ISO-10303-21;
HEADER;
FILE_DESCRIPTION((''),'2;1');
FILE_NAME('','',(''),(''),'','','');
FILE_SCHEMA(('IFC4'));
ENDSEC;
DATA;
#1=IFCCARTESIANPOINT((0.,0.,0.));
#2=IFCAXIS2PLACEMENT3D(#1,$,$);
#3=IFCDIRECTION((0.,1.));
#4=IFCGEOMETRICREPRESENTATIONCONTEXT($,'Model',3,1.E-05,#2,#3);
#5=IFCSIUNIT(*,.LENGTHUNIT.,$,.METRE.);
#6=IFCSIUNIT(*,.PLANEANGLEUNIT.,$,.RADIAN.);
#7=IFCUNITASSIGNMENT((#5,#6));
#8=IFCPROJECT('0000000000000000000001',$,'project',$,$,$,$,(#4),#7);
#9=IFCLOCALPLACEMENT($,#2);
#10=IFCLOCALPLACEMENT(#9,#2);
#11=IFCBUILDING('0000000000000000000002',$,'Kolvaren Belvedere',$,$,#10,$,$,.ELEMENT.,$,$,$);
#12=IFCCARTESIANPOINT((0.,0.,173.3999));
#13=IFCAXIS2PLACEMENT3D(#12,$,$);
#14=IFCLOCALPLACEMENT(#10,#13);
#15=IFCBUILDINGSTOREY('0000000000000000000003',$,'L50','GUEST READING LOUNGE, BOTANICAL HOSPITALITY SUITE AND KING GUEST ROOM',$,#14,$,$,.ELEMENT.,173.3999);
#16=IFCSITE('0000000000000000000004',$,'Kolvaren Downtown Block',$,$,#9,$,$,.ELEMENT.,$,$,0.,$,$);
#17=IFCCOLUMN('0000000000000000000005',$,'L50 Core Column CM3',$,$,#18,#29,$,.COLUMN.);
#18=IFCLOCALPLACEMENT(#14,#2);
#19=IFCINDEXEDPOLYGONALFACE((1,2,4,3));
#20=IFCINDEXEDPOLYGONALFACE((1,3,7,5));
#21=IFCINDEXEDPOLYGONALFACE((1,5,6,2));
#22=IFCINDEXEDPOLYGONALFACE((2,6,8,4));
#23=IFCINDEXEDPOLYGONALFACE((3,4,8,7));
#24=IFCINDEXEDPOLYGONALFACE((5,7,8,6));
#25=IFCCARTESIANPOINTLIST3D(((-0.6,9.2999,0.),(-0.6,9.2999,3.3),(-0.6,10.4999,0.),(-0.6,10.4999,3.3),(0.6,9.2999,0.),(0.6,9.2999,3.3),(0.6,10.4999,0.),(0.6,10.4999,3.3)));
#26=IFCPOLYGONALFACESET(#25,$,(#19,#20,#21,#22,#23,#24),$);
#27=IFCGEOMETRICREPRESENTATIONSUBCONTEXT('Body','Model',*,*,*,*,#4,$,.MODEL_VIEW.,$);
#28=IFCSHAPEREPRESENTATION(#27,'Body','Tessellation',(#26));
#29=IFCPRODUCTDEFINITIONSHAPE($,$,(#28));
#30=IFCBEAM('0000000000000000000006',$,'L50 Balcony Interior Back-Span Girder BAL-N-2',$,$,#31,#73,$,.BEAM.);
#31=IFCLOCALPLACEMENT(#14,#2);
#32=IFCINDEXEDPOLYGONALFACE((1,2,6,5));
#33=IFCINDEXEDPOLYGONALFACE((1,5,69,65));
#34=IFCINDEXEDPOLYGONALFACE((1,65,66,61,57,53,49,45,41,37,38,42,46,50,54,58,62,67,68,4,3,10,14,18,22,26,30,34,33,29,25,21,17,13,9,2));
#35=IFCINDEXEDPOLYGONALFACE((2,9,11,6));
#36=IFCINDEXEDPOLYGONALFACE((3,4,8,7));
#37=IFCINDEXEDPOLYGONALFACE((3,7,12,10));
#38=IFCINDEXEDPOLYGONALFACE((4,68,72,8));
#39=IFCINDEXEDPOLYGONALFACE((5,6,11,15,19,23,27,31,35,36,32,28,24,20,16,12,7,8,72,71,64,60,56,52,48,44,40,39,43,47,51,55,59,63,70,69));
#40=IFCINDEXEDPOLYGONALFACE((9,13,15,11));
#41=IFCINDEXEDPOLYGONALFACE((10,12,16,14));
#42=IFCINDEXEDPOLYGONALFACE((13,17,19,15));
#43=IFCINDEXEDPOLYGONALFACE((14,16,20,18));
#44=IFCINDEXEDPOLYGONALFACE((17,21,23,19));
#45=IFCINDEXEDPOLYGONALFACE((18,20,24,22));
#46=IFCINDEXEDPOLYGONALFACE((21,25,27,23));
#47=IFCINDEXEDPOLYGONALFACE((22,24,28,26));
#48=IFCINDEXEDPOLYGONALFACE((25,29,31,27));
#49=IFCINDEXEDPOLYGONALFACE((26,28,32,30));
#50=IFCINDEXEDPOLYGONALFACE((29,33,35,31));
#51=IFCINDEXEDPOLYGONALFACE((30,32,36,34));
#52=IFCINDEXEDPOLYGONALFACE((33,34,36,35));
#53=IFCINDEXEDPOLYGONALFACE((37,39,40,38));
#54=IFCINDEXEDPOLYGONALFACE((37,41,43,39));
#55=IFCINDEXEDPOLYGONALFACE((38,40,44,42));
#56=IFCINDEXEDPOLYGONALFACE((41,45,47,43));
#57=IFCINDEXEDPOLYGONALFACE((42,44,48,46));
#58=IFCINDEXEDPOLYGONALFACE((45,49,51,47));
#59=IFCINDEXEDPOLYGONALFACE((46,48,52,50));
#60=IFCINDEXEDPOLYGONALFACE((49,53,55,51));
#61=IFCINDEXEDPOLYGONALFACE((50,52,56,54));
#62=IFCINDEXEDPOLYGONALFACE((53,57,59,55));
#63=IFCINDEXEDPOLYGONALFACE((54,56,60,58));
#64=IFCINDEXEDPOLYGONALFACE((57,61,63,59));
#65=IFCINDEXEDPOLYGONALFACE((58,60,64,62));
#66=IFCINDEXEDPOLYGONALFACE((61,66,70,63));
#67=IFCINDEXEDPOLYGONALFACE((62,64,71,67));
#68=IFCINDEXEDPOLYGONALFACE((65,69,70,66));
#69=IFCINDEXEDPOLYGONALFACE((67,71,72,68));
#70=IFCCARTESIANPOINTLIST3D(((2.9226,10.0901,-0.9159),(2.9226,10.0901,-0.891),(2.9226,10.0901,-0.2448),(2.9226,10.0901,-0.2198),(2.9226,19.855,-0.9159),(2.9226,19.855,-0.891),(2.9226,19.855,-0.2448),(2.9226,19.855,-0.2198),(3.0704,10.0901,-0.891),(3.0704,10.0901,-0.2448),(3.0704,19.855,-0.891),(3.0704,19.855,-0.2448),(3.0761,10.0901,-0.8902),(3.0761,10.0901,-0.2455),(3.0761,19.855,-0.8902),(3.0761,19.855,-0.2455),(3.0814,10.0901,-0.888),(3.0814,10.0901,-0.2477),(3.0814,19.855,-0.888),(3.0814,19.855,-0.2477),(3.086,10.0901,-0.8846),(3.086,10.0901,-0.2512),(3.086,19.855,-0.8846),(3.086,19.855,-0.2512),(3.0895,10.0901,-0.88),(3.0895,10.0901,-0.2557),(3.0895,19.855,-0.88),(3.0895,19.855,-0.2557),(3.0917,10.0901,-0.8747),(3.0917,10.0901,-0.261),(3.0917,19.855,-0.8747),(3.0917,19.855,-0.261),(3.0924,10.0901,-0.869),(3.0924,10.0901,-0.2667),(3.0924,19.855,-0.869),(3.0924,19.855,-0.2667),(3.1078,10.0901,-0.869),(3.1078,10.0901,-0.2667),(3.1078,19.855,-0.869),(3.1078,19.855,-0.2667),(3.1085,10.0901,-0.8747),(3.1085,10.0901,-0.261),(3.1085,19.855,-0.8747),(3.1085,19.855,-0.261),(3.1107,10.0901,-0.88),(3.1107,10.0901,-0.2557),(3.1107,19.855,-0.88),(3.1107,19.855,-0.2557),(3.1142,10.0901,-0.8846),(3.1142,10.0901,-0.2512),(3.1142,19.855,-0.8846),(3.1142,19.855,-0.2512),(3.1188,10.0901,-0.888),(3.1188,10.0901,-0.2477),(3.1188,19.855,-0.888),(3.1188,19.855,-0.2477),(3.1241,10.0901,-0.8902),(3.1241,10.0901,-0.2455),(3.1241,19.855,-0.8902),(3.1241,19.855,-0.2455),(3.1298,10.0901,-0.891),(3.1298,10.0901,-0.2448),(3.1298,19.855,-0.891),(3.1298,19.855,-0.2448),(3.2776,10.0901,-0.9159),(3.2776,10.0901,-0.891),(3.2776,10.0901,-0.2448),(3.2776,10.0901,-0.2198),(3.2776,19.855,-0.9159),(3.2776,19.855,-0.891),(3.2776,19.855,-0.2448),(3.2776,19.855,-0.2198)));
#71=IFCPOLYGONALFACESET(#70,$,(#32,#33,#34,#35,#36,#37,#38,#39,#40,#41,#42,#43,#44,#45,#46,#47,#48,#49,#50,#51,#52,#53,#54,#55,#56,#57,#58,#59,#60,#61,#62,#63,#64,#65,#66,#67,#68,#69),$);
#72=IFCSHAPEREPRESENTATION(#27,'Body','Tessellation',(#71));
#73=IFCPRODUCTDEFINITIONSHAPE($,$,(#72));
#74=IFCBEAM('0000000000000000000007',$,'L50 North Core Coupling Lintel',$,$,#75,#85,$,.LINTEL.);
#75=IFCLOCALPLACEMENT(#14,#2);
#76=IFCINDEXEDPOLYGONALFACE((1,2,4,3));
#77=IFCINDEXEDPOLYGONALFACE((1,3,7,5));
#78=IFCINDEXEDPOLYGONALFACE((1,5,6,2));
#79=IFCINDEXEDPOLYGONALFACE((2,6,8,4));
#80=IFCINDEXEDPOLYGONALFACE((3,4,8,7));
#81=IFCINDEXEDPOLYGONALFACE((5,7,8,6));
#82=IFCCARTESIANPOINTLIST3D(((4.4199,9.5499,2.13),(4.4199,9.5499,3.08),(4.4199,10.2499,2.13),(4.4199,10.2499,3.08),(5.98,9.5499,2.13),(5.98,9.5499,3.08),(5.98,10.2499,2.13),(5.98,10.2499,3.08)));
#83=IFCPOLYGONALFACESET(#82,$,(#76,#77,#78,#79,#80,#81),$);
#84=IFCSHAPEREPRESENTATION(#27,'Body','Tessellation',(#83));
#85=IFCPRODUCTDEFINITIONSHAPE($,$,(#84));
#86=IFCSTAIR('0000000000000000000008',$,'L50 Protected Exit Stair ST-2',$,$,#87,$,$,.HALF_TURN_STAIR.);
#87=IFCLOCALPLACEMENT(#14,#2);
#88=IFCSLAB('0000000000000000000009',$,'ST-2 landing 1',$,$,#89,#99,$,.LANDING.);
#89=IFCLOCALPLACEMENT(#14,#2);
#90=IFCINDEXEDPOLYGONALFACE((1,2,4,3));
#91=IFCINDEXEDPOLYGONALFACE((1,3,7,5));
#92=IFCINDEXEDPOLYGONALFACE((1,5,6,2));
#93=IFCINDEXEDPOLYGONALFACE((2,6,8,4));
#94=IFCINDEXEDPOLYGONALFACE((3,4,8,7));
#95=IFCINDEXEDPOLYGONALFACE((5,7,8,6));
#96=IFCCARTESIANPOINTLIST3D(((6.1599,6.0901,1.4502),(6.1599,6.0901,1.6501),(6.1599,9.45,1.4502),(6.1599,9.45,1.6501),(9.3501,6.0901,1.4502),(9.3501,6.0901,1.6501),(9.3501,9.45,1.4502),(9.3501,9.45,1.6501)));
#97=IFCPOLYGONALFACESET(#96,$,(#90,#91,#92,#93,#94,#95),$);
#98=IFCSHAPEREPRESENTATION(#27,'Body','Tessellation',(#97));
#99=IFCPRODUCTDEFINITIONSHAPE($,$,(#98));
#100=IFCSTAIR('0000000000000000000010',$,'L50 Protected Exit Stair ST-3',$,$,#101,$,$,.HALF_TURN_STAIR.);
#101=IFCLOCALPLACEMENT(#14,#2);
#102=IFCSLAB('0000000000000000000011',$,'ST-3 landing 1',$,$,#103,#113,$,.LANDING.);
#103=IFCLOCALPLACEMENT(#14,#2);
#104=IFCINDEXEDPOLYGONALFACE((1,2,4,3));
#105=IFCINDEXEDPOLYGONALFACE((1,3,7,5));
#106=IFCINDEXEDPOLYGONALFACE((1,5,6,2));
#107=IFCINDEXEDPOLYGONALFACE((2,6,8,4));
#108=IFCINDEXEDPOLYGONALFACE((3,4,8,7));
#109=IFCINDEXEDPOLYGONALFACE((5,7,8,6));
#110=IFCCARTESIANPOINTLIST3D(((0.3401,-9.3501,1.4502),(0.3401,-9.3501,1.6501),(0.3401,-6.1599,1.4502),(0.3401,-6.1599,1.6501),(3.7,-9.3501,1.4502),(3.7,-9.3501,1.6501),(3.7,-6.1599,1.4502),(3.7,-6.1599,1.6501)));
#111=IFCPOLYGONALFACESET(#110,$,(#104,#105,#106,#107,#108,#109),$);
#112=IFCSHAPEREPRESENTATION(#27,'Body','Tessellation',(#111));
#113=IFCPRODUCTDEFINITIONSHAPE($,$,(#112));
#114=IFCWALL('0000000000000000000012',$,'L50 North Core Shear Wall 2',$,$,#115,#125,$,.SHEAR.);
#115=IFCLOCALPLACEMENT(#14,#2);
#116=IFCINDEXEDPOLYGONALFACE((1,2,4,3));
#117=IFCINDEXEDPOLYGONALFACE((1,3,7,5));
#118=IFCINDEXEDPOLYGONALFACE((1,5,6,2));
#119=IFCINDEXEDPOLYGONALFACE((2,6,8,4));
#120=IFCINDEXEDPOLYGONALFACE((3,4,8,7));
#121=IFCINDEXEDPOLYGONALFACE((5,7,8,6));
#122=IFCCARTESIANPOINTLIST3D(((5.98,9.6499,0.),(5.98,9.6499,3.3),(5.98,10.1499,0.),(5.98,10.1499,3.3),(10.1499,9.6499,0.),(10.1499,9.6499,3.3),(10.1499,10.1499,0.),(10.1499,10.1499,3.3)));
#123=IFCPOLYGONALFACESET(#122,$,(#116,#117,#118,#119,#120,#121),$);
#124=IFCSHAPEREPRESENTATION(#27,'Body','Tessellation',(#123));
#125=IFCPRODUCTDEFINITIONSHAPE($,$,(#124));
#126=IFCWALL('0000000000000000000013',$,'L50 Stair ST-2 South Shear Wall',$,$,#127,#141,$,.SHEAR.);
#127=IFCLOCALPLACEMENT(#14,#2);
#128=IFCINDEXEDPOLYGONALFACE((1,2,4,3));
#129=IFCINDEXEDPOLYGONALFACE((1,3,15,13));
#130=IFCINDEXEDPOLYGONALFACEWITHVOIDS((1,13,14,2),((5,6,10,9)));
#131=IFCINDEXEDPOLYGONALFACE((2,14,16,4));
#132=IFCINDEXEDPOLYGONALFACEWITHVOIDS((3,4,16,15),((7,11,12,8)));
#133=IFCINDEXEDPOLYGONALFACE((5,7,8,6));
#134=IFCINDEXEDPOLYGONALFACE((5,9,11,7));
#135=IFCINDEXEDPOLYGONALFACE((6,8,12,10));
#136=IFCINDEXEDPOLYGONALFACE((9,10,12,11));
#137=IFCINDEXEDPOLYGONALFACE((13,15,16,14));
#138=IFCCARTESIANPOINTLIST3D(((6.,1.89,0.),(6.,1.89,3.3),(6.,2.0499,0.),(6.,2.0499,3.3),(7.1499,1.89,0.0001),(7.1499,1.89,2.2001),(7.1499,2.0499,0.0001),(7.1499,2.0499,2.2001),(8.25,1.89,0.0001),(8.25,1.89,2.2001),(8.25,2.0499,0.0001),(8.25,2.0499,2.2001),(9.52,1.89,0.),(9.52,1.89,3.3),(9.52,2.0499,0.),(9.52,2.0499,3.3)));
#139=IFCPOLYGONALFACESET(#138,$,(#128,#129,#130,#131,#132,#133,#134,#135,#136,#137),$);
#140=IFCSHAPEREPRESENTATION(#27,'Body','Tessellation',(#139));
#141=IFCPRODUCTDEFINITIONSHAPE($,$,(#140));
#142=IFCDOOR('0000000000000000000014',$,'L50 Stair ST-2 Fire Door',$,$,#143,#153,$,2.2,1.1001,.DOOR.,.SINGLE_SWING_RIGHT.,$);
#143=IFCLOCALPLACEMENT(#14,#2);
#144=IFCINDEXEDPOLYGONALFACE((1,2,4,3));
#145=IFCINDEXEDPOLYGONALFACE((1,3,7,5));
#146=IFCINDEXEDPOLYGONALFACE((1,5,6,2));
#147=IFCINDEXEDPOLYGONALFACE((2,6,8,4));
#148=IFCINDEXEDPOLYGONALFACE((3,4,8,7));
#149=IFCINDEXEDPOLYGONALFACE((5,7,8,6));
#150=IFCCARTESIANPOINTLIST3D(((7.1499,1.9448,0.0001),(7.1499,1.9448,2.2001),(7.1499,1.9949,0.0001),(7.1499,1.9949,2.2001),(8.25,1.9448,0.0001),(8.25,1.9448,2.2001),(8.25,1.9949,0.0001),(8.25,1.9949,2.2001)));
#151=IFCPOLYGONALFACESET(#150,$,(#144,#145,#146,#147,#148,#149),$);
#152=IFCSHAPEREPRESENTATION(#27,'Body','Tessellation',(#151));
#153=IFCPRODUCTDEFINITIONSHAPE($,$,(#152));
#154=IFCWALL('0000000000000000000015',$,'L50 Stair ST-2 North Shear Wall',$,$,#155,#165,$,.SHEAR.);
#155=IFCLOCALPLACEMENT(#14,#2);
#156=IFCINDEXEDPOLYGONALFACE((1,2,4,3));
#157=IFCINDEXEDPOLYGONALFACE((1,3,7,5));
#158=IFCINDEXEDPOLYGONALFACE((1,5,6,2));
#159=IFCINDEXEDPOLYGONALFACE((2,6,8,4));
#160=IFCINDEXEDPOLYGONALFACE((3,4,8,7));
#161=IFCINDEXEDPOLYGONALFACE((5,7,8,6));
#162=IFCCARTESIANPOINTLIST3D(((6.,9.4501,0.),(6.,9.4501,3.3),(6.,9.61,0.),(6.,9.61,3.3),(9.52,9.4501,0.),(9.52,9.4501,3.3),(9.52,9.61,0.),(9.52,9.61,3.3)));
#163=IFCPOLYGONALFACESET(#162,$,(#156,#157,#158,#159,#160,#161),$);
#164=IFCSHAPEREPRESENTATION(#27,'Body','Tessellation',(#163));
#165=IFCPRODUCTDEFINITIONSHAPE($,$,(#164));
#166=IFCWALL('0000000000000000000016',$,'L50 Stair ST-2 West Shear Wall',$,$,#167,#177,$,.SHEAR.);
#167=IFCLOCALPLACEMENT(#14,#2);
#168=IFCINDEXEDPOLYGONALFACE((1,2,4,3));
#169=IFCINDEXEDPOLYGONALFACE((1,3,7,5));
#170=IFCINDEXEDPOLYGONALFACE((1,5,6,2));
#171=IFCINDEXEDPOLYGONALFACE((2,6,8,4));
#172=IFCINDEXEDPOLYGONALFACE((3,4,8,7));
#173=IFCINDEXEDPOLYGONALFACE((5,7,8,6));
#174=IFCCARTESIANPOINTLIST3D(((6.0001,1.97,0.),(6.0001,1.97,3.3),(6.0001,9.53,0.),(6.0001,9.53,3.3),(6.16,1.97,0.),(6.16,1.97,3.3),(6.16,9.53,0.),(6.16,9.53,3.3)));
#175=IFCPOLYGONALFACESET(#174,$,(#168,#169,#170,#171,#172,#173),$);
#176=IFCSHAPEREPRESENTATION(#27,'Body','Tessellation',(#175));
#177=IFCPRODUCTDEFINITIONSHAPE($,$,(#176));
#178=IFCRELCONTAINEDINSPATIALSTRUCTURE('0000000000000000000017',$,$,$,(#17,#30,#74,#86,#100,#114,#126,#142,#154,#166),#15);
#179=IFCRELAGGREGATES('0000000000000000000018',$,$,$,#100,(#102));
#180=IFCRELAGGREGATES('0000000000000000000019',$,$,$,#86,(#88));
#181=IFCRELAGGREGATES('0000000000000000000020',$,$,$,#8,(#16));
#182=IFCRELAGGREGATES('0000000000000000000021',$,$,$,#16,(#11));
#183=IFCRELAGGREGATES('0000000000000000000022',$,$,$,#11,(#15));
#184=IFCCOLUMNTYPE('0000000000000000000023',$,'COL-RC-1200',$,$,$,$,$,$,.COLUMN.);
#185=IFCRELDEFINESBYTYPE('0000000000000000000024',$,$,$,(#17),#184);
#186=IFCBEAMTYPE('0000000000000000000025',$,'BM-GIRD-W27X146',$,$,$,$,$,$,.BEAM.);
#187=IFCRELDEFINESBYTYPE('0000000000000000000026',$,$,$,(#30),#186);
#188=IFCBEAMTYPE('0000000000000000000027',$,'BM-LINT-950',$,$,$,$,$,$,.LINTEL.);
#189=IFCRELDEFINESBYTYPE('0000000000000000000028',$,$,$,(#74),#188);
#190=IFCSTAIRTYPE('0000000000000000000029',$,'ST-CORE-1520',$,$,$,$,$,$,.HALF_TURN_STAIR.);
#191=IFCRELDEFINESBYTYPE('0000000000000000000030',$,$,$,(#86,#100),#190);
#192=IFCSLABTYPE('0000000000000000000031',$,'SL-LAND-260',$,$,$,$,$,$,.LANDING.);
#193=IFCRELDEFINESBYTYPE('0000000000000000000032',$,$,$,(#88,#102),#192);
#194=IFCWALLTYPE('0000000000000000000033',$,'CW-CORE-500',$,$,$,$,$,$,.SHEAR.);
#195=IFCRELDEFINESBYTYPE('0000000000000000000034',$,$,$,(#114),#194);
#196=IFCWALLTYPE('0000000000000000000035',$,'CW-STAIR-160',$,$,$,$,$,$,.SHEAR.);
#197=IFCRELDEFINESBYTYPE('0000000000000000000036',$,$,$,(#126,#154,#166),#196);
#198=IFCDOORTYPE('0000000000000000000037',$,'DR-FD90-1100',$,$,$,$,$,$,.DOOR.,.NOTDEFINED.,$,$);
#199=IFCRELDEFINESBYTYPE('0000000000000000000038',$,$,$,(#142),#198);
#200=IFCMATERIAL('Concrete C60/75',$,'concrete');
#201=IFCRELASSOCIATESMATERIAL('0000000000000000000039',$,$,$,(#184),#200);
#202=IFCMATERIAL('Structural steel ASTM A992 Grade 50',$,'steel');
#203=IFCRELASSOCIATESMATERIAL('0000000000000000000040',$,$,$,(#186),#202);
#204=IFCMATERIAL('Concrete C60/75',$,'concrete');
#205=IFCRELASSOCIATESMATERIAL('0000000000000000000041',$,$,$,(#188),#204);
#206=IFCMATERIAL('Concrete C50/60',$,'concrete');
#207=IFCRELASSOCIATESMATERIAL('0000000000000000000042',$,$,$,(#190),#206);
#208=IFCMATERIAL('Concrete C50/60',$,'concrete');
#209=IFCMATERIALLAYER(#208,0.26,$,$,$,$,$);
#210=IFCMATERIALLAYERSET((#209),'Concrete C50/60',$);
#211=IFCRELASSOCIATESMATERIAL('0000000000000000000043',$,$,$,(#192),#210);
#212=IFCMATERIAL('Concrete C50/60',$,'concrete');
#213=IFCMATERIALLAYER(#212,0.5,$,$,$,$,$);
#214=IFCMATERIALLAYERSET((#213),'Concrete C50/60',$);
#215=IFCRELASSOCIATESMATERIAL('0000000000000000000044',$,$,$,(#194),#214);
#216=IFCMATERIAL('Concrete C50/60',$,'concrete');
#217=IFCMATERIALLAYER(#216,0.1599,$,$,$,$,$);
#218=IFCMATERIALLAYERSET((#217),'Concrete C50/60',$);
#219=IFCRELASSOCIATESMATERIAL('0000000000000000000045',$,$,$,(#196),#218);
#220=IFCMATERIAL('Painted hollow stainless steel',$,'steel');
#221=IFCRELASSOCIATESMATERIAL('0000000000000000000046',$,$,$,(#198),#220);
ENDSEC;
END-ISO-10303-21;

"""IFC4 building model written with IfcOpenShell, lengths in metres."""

from ifc_helpers import new_model, si_unit, direction, frame, frame_2d, origin, origin_2d, place, context, subcontext, project, spatial, polyline, rectangle, i_section, outline, extrude, material, layer, layer_set, material_profile, profile_set, type_object, element, fill, aggregate, save


model = new_model("IFC4")

# Units and contexts
model_context = context("Model", 3, precision=1e-05, world=origin(), true_north=direction((0.0, 1.0)))
body_context = subcontext(model_context, "Body", "Model", "MODEL_VIEW")
ifc_project = project(units=[si_unit("LENGTHUNIT", "METRE"), si_unit("PLANEANGLEUNIT", "RADIAN")], contexts=[model_context])

# Site, building, storey
site_placement = place(None, origin())
site = spatial("IfcSite", under=ifc_project, at=site_placement, Name="Kolvaren Downtown Block", CompositionType="ELEMENT", RefElevation=0.0)
building_placement = place(site_placement, origin())
building = spatial("IfcBuilding", under=site, at=building_placement, Name="Kolvaren Belvedere", CompositionType="ELEMENT")
storey_placement = place(building_placement, frame((0.0, 0.0, 173.3999)))
storey = spatial("IfcBuildingStorey", under=building, at=storey_placement, Name="L50", Description="GUEST READING LOUNGE, BOTANICAL HOSPITALITY SUITE AND KING GUEST ROOM", CompositionType="ELEMENT", Elevation=173.3999)

# Column
ifc_material_1 = material(Name="Concrete C60/75", Category="concrete")
ifc_material_profile_1 = material_profile(ifc_material_1, rectangle(XDim=1.2, YDim=1.2, at=origin_2d()), Name="RC 1200X1200")
ifc_profile_set_1 = profile_set([ifc_material_profile_1], Name="Concrete C60/75")
column_type = type_object("IfcColumnType", Name="COL-RC-1200", PredefinedType="COLUMN", material=ifc_profile_set_1)
column_placement = place(storey_placement, frame((0.0, 9.8999, 0.0), z_axis=(0.0, 0.0, 1.0), x_axis=(1.0, 0.0, 0.0)))
element("IfcColumn", 1, at=column_placement, inside=storey, type_object=column_type, Name="L50 Core Column CM3", PredefinedType="COLUMN", context=body_context, shape_type="SweptSolid", body=[
    extrude(rectangle(XDim=1.2, YDim=1.2, at=origin_2d()), origin(), (0.0, 0.0, 1.0), 3.3),
])

# Beams
ifc_material_2 = material(Name="Structural steel ASTM A992 Grade 50", Category="steel")
ifc_material_profile_2 = material_profile(ifc_material_2, i_section(OverallWidth=0.355, OverallDepth=0.696, WebThickness=0.0154, FlangeThickness=0.0249, FilletRadius=0.022, at=origin_2d()), Name="W27X146")
ifc_profile_set_2 = profile_set([ifc_material_profile_2], Name="Structural steel ASTM A992 Grade 50")
beam_type_1 = type_object("IfcBeamType", Name="BM-GIRD-W27X146", PredefinedType="BEAM", material=ifc_profile_set_2)
beam_1_placement = place(storey_placement, frame((3.1001, 10.0901, -0.5679), z_axis=(0.0, 1.0, 0.0), x_axis=(-1.0, 0.0, 0.0)))
element("IfcBeam", 2, at=beam_1_placement, inside=storey, type_object=beam_type_1, Name="L50 Balcony Interior Back-Span Girder BAL-N-2", PredefinedType="BEAM", context=body_context, shape_type="SweptSolid", body=[
    extrude(i_section(OverallWidth=0.355, OverallDepth=0.696, WebThickness=0.0154, FlangeThickness=0.0249, FilletRadius=0.022, at=origin_2d()), origin(), (0.0, 0.0, 1.0), 9.7649),
])
ifc_material_3 = material(Name="Concrete C60/75", Category="concrete")
ifc_material_profile_3 = material_profile(ifc_material_3, rectangle(XDim=0.7, YDim=0.95, at=origin_2d()), Name="RC 700X950")
ifc_profile_set_3 = profile_set([ifc_material_profile_3], Name="Concrete C60/75")
beam_type_2 = type_object("IfcBeamType", Name="BM-LINT-950", PredefinedType="LINTEL", material=ifc_profile_set_3)
beam_2_placement = place(storey_placement, frame((4.4199, 9.8999, 2.605), z_axis=(1.0, 0.0, 0.0), x_axis=(0.0, 1.0, 0.0)))
element("IfcBeam", 3, at=beam_2_placement, inside=storey, type_object=beam_type_2, Name="L50 North Core Coupling Lintel", PredefinedType="LINTEL", context=body_context, shape_type="SweptSolid", body=[
    extrude(rectangle(XDim=0.7, YDim=0.95, at=origin_2d()), origin(), (0.0, 0.0, 1.0), 1.5601),
])

# Stairs, slabs
ifc_material_4 = material(Name="Concrete C50/60", Category="concrete")
stair_type = type_object("IfcStairType", Name="ST-CORE-1520", PredefinedType="HALF_TURN_STAIR", material=ifc_material_4)
stair_1_placement = place(storey_placement, origin())
stair_1 = element("IfcStair", 4, at=stair_1_placement, inside=storey, type_object=stair_type, Name="L50 Protected Exit Stair ST-2", PredefinedType="HALF_TURN_STAIR")
ifc_material_5 = material(Name="Concrete C50/60", Category="concrete")
ifc_layer_1 = layer(ifc_material_5, 0.26)
ifc_layer_set_1 = layer_set([ifc_layer_1], Name="Concrete C50/60")
slab_type = type_object("IfcSlabType", Name="SL-LAND-260", PredefinedType="LANDING", material=ifc_layer_set_1)
slab_1_placement = place(storey_placement, frame((0.0, 0.0, 1.4502)))
slab_1 = element("IfcSlab", 5, at=slab_1_placement, type_object=slab_type, Name="ST-2 landing 1", PredefinedType="LANDING", context=body_context, shape_type="SweptSolid", body=[
    extrude(outline(polyline([(9.3501, 6.0901), (9.3501, 9.45), (6.1599, 9.45), (6.1599, 6.0901), (9.3501, 6.0901)])), origin(), (0.0, 0.0, 1.0), 0.2),
])
stair_2_placement = place(storey_placement, origin())
stair_2 = element("IfcStair", 6, at=stair_2_placement, inside=storey, type_object=stair_type, Name="L50 Protected Exit Stair ST-3", PredefinedType="HALF_TURN_STAIR")
slab_2_placement = place(storey_placement, frame((0.0, 0.0, 1.4502)))
slab_2 = element("IfcSlab", 7, at=slab_2_placement, type_object=slab_type, Name="ST-3 landing 1", PredefinedType="LANDING", context=body_context, shape_type="SweptSolid", body=[
    extrude(outline(polyline([(0.3401, -9.3501), (3.7, -9.3501), (3.7, -6.1599), (0.3401, -6.1599), (0.3401, -9.3501)])), origin(), (0.0, 0.0, 1.0), 0.2),
])
aggregate(stair_2, [slab_2])

# Wall
ifc_material_6 = material(Name="Concrete C50/60", Category="concrete")
ifc_layer_2 = layer(ifc_material_6, 0.5)
ifc_layer_set_2 = layer_set([ifc_layer_2], Name="Concrete C50/60")
wall_type_1 = type_object("IfcWallType", Name="CW-CORE-500", PredefinedType="SHEAR", material=ifc_layer_set_2)
wall_1_placement = place(storey_placement, frame((5.98, 9.8999, 0.0), z_axis=(0.0, 0.0, 1.0), x_axis=(1.0, 0.0, 0.0)))
element("IfcWall", 8, at=wall_1_placement, inside=storey, type_object=wall_type_1, Name="L50 North Core Shear Wall 2", PredefinedType="SHEAR", context=body_context, shape_type="SweptSolid", body=[
    extrude(rectangle(XDim=4.1699, YDim=0.5, at=frame_2d((2.085, 0.0))), origin(), (0.0, 0.0, 1.0), 3.3),
])

# Wall, opening, door
ifc_material_7 = material(Name="Concrete C50/60", Category="concrete")
ifc_layer_3 = layer(ifc_material_7, 0.1599)
ifc_layer_set_3 = layer_set([ifc_layer_3], Name="Concrete C50/60")
wall_type_2 = type_object("IfcWallType", Name="CW-STAIR-160", PredefinedType="SHEAR", material=ifc_layer_set_3)
wall_2_placement = place(storey_placement, frame((6.0, 1.97, 0.0), z_axis=(0.0, 0.0, 1.0), x_axis=(1.0, 0.0, 0.0)))
wall_2 = element("IfcWall", 9, at=wall_2_placement, inside=storey, type_object=wall_type_2, Name="L50 Stair ST-2 South Shear Wall", PredefinedType="SHEAR", context=body_context, shape_type="SweptSolid", body=[
    extrude(rectangle(XDim=3.52, YDim=0.1599, at=frame_2d((1.76, 0.0))), origin(), (0.0, 0.0, 1.0), 3.3),
])
opening_1_placement = place(wall_2_placement, frame((1.1499, 0.0, 0.0)))
opening_1 = element("IfcOpeningElement", 10, at=opening_1_placement, cuts=wall_2, PredefinedType="OPENING", context=body_context, shape_type="SweptSolid", body=[
    extrude(rectangle(XDim=1.1001, YDim=2.2, at=frame_2d((0.55, 1.1001))), frame((0.0, 0.0898, 0.0), z_axis=(0.0, -1.0, 0.0), x_axis=(1.0, 0.0, 0.0)), (0.0, 0.0, 1.0), 0.1799),
])
ifc_material_8 = material(Name="Painted hollow stainless steel", Category="steel")
door_type_1 = type_object("IfcDoorType", Name="DR-FD90-1100", OperationType="NOTDEFINED", PredefinedType="DOOR", material=ifc_material_8)
door_1_placement = place(opening_1_placement, origin())
door_1 = element("IfcDoor", 11, at=door_1_placement, inside=storey, type_object=door_type_1, Name="L50 Stair ST-2 Fire Door", OperationType="SINGLE_SWING_RIGHT", OverallHeight=2.2, OverallWidth=1.1001, PredefinedType="DOOR", context=body_context, shape_type="SweptSolid", body=[
    extrude(rectangle(XDim=1.1001, YDim=2.2, at=frame_2d((0.55, 1.1001))), frame((0.0, 0.0249, 0.0), z_axis=(0.0, -1.0, 0.0), x_axis=(1.0, 0.0, 0.0)), (0.0, 0.0, 1.0), 0.05),
])
fill(opening_1, door_1)

# Walls
wall_3_placement = place(storey_placement, frame((6.0, 9.53, 0.0), z_axis=(0.0, 0.0, 1.0), x_axis=(1.0, 0.0, 0.0)))
element("IfcWall", 12, at=wall_3_placement, inside=storey, type_object=wall_type_2, Name="L50 Stair ST-2 North Shear Wall", PredefinedType="SHEAR", context=body_context, shape_type="SweptSolid", body=[
    extrude(rectangle(XDim=3.52, YDim=0.1599, at=frame_2d((1.76, 0.0))), origin(), (0.0, 0.0, 1.0), 3.3),
])
wall_4_placement = place(storey_placement, frame((6.0801, 1.97, 0.0), z_axis=(0.0, 0.0, 1.0), x_axis=(0.0, 1.0, 0.0)))
element("IfcWall", 13, at=wall_4_placement, inside=storey, type_object=wall_type_2, Name="L50 Stair ST-2 West Shear Wall", PredefinedType="SHEAR", context=body_context, shape_type="SweptSolid", body=[
    extrude(rectangle(XDim=7.5601, YDim=0.1599, at=frame_2d((3.78, 0.0))), origin(), (0.0, 0.0, 1.0), 3.3),
])

aggregate(stair_1, [slab_1])

save(model, "model.ifc")
